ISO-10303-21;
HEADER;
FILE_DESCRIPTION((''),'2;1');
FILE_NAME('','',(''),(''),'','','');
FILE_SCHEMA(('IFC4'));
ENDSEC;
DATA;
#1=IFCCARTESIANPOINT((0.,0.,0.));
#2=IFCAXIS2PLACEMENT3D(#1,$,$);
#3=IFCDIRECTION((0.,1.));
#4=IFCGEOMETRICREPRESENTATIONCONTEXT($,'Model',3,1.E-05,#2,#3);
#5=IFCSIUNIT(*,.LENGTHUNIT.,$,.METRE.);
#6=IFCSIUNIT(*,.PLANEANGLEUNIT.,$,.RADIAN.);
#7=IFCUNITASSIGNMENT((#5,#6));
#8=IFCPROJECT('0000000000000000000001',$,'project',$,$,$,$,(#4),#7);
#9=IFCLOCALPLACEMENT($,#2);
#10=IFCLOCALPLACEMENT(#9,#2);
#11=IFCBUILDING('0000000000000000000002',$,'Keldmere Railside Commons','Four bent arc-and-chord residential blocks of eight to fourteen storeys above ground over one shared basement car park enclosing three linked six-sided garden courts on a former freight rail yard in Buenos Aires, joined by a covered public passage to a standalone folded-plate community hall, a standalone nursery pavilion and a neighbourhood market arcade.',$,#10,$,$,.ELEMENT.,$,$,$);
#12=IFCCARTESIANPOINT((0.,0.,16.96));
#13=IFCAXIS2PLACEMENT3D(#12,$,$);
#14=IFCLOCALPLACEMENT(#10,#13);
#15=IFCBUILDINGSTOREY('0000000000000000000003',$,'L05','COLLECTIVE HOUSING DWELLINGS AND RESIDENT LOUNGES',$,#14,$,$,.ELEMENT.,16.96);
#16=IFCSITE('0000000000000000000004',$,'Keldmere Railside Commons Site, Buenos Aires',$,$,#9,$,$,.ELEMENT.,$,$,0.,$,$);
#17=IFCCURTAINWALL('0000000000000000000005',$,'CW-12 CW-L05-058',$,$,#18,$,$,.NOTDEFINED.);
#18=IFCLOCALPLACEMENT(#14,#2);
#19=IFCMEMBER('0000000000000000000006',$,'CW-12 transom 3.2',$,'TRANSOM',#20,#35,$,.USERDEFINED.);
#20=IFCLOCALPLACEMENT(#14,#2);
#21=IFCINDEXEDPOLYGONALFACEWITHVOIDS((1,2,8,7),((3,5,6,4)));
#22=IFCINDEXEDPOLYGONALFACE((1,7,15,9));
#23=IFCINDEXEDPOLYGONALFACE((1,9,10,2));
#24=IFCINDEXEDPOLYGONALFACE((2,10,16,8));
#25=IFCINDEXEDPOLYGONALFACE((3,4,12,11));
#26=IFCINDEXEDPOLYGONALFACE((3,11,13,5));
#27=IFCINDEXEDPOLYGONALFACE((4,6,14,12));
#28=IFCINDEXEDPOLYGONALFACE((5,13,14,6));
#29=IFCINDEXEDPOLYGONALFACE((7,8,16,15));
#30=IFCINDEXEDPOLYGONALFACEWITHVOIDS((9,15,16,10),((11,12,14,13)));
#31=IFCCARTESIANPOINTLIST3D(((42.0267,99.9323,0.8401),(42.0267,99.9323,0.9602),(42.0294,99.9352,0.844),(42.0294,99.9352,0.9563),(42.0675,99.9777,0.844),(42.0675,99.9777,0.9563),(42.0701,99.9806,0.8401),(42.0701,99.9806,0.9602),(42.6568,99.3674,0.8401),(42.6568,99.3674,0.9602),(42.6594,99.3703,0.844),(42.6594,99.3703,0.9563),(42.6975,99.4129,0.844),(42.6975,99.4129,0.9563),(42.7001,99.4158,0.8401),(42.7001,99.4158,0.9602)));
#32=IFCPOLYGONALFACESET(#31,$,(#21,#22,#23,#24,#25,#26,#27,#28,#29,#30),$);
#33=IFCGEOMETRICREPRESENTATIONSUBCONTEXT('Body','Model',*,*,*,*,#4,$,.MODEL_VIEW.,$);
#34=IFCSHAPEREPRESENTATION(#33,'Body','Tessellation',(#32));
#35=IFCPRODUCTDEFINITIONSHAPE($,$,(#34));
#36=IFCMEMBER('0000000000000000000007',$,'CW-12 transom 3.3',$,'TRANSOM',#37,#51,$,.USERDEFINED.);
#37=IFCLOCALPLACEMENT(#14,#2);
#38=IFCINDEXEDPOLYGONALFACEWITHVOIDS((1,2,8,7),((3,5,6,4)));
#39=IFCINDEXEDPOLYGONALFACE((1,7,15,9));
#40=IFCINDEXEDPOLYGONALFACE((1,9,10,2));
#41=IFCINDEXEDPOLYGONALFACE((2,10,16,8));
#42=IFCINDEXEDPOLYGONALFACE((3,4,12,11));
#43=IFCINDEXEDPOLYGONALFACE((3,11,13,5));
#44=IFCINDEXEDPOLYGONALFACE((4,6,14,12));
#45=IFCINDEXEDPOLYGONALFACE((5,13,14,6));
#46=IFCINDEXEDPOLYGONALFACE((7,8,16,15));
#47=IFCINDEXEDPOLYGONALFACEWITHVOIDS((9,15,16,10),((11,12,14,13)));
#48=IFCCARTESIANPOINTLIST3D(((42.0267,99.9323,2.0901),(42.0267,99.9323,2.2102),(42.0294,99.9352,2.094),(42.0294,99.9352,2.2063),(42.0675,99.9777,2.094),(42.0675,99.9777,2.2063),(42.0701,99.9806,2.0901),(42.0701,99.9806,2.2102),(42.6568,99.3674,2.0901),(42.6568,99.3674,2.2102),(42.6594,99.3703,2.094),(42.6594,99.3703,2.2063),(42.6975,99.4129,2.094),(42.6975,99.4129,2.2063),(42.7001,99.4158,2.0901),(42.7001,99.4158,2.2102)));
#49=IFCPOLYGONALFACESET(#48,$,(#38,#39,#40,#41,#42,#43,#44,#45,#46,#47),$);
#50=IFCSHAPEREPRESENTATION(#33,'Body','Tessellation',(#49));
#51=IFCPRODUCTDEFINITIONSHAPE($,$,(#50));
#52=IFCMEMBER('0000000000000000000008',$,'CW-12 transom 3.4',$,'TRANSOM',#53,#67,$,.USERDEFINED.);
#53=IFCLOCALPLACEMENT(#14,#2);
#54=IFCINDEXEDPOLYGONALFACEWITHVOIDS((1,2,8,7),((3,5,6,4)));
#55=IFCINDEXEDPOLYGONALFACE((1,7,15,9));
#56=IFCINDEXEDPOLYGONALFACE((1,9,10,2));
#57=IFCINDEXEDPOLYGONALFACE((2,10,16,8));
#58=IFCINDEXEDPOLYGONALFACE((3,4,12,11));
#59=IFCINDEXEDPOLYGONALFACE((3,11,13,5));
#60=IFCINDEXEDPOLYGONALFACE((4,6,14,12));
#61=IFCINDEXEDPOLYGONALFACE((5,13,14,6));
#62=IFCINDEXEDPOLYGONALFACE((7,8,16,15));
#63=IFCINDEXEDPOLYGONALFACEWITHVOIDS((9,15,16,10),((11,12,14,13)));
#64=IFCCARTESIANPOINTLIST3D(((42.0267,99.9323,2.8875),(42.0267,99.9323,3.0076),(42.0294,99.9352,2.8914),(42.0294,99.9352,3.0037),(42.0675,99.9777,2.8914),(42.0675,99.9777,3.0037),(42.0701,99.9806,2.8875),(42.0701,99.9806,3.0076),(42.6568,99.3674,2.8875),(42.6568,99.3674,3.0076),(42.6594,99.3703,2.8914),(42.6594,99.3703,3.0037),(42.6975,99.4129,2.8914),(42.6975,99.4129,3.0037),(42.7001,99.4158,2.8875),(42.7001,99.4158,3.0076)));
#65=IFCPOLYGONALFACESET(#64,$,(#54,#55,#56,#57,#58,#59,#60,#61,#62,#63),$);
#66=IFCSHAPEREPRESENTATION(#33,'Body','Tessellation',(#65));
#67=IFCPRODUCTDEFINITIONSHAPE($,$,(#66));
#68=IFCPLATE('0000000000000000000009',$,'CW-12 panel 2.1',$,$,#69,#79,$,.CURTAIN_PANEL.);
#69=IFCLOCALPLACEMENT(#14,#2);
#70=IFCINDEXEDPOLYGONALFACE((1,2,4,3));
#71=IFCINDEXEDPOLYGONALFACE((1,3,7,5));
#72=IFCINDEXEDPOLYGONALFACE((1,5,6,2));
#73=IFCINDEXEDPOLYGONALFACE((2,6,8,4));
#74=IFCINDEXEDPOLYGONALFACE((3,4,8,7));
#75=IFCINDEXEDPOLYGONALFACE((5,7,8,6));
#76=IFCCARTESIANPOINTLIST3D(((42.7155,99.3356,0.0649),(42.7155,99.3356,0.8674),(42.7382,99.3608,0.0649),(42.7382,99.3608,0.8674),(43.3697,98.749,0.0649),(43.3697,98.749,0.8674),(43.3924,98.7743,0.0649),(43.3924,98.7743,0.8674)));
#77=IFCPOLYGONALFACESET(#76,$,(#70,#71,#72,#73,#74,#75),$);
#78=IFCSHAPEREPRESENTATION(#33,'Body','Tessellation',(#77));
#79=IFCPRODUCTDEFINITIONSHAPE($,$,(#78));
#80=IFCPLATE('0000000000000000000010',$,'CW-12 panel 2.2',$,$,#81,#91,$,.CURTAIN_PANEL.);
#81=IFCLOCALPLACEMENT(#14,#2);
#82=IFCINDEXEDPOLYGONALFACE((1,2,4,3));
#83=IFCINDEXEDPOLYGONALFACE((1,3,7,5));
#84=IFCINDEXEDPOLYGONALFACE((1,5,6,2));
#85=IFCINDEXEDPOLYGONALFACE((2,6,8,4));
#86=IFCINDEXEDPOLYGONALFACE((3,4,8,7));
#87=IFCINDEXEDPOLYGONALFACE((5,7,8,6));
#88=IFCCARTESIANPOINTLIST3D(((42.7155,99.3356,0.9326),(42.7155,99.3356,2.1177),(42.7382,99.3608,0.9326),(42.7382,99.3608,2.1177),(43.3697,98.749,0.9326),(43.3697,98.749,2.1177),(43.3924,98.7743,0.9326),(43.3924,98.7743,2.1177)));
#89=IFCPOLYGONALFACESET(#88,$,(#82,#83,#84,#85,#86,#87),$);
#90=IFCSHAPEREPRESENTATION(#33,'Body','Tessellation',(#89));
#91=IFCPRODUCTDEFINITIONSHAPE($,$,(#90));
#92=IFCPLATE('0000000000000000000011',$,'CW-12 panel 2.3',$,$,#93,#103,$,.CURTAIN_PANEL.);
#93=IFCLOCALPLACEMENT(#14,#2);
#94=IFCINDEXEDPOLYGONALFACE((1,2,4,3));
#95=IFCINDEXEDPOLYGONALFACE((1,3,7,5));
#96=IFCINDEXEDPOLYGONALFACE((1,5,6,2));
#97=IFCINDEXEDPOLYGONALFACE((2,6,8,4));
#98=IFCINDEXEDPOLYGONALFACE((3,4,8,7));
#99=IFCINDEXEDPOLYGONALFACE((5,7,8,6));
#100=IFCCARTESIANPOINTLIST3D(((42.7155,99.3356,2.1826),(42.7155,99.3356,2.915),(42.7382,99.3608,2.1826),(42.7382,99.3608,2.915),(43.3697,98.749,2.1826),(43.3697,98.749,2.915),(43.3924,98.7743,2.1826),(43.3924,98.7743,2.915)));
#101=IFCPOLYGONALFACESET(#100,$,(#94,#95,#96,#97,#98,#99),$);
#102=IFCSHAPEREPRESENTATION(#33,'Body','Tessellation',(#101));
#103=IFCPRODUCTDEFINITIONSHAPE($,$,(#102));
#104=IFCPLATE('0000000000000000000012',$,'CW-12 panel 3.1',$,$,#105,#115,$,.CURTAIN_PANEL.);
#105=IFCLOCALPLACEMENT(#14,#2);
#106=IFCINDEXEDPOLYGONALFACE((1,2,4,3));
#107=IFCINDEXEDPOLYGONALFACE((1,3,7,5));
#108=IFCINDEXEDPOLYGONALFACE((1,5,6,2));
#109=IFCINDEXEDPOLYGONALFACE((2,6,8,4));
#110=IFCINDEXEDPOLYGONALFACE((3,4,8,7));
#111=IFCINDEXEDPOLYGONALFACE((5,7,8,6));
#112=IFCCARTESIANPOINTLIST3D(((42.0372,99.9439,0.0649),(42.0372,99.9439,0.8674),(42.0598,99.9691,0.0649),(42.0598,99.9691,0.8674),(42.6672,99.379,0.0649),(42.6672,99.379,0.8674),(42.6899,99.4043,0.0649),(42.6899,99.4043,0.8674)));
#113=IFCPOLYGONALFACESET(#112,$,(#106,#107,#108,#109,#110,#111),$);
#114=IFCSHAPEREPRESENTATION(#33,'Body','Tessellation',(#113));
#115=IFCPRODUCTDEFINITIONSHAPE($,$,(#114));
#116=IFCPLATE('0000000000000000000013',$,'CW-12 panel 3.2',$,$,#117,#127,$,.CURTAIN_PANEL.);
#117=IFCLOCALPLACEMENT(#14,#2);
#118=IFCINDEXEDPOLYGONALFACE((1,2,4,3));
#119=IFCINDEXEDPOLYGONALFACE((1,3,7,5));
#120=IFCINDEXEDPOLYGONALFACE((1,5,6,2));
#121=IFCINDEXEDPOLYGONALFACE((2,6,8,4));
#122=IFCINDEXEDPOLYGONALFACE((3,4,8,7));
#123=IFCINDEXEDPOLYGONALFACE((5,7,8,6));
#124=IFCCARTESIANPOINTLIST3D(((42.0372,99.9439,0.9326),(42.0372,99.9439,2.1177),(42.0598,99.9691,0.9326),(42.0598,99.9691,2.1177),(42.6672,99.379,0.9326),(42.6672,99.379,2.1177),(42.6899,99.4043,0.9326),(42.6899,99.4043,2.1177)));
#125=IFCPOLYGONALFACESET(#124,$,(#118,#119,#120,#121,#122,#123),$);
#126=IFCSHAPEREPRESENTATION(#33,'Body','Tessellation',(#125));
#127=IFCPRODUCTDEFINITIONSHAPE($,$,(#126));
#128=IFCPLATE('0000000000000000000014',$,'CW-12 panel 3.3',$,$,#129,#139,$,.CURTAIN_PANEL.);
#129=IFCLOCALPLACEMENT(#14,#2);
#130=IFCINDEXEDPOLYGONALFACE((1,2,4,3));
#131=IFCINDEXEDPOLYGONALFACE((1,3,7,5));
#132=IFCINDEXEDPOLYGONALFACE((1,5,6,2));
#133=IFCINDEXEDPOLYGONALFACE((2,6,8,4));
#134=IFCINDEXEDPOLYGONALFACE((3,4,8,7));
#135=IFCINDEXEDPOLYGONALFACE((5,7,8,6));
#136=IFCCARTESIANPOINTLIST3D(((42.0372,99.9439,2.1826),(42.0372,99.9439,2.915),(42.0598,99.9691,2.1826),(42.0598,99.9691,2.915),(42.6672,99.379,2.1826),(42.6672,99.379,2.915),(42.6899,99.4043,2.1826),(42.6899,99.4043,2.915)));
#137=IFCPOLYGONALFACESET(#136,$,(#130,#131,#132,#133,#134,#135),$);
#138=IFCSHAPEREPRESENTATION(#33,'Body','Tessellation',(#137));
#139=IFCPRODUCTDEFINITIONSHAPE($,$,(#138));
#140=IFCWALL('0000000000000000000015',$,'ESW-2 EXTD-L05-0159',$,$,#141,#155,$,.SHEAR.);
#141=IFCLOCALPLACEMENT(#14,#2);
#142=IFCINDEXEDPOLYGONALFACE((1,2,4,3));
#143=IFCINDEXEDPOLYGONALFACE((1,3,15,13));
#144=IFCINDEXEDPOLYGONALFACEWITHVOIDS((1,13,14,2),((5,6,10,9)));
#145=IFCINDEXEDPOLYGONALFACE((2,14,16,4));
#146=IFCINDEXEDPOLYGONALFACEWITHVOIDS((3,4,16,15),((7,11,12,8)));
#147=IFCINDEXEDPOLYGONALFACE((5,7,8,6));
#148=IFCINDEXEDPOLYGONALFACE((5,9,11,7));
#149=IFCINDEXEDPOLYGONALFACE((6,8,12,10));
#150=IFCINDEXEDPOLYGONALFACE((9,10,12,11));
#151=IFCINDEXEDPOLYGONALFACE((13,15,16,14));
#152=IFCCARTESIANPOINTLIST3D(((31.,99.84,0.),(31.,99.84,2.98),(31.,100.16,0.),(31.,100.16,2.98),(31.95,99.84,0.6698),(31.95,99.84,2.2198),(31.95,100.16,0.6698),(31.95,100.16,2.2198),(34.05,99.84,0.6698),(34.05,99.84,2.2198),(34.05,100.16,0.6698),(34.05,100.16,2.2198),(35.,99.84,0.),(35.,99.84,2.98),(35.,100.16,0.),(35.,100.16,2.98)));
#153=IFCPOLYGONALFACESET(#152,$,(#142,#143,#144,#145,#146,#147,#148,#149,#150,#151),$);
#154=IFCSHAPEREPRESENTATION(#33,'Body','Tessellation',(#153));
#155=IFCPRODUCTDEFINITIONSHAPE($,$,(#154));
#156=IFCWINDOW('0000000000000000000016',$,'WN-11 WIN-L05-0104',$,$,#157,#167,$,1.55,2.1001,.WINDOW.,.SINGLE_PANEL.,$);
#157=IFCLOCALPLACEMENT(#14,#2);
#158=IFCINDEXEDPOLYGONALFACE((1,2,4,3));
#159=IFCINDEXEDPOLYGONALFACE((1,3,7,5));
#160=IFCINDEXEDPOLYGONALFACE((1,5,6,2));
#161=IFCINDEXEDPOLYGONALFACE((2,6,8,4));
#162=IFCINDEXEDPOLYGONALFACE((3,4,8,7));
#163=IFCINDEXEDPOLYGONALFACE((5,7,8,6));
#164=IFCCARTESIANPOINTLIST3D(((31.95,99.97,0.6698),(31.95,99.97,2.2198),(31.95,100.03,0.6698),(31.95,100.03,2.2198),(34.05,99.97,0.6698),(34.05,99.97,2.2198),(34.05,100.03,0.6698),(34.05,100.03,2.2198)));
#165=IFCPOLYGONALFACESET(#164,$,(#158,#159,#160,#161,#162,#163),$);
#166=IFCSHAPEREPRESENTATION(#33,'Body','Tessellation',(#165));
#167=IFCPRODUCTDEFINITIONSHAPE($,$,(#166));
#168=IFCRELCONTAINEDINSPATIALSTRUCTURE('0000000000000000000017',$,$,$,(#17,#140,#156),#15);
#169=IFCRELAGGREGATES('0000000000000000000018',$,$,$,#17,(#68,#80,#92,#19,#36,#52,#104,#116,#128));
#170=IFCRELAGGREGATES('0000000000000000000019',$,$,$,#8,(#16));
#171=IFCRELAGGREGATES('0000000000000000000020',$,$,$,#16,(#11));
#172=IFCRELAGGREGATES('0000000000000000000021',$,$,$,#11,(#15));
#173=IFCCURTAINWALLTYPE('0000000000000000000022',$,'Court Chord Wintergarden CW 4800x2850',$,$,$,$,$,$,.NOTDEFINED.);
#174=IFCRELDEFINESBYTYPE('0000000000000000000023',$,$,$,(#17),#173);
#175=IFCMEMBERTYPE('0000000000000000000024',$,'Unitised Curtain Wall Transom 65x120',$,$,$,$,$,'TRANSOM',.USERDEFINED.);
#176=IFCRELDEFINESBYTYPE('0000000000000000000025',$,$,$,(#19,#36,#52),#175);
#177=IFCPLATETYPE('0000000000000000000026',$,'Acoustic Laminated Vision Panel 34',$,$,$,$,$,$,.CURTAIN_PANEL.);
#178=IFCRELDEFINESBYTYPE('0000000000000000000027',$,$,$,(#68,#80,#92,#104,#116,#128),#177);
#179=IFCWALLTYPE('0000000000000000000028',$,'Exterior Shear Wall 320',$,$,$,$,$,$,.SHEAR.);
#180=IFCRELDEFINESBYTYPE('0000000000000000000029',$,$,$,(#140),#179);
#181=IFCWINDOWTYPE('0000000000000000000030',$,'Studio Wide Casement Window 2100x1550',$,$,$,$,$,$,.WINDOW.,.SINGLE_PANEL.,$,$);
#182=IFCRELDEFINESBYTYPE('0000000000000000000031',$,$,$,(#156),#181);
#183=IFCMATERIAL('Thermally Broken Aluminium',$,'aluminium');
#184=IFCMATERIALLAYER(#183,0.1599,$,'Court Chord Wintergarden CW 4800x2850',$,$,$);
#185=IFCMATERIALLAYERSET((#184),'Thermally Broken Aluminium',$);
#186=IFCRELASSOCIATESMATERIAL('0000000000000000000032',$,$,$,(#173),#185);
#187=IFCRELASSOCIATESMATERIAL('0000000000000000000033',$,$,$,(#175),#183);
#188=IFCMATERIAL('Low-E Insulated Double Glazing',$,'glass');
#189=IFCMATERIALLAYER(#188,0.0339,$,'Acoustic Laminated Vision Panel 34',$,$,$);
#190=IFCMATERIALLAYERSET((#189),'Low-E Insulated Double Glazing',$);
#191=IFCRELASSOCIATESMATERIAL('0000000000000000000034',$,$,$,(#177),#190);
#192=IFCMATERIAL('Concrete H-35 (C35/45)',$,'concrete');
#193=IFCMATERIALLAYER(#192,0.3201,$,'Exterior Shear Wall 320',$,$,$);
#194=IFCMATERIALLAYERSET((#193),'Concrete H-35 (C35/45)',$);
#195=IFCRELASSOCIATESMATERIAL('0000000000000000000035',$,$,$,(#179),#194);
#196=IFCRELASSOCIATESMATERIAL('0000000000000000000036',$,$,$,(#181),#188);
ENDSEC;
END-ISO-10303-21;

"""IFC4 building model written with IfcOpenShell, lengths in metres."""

from ifc_helpers import new_model, si_unit, direction, frame, frame_2d, origin, origin_2d, place, context, subcontext, project, spatial, rectangle, hollow_rectangle, extrude, material, layer, layer_set, material_profile, profile_set, type_object, element, fill, aggregate, save


model = new_model("IFC4")

# Units and contexts
model_context = context("Model", 3, precision=1e-05, world=origin(), true_north=direction((0.0, 1.0)))
body_context = subcontext(model_context, "Body", "Model", "MODEL_VIEW")
ifc_project = project(units=[si_unit("LENGTHUNIT", "METRE"), si_unit("PLANEANGLEUNIT", "RADIAN")], contexts=[model_context])

# Site, building, storey
site_placement = place(None, origin())
site = spatial("IfcSite", under=ifc_project, at=site_placement, Name="Keldmere Railside Commons Site, Buenos Aires", CompositionType="ELEMENT", RefElevation=0.0)
building_placement = place(site_placement, origin())
building = spatial("IfcBuilding", under=site, at=building_placement, Name="Keldmere Railside Commons", Description="Four bent arc-and-chord residential blocks of eight to fourteen storeys above ground over one shared basement car park enclosing three linked six-sided garden courts on a former freight rail yard in Buenos Aires, joined by a covered public passage to a standalone folded-plate community hall, a standalone nursery pavilion and a neighbourhood market arcade.", CompositionType="ELEMENT")
storey_placement = place(building_placement, frame((0.0, 0.0, 16.96)))
storey = spatial("IfcBuildingStorey", under=building, at=storey_placement, Name="L05", Description="COLLECTIVE HOUSING DWELLINGS AND RESIDENT LOUNGES", CompositionType="ELEMENT", Elevation=16.96)

# Shared definitions
ifc_material_1 = material(Name="Concrete H-35 (C35/45)", Category="concrete")

# Curtain wall, members, plates
ifc_material_2 = material(Name="Thermally Broken Aluminium", Category="aluminium")
ifc_layer_1 = layer(ifc_material_2, 0.1599, Name="Court Chord Wintergarden CW 4800x2850")
ifc_layer_set_1 = layer_set([ifc_layer_1], Name="Thermally Broken Aluminium")
curtain_wall_type = type_object("IfcCurtainWallType", Name="Court Chord Wintergarden CW 4800x2850", PredefinedType="NOTDEFINED", material=ifc_layer_set_1)
curtain_wall_placement = place(storey_placement, origin())
curtain_wall = element("IfcCurtainWall", 1, at=curtain_wall_placement, inside=storey, type_object=curtain_wall_type, Name="CW-12 CW-L05-058", PredefinedType="NOTDEFINED")
ifc_material_profile_1 = material_profile(ifc_material_2, hollow_rectangle(XDim=0.0649, YDim=0.1201, WallThickness=0.0039, at=origin_2d()), Name="ALU-TRAN-65x120")
ifc_profile_set_1 = profile_set([ifc_material_profile_1], Name="Thermally Broken Aluminium")
member_type_1 = type_object("IfcMemberType", Name="Unitised Curtain Wall Transom 65x120", ElementType="TRANSOM", PredefinedType="USERDEFINED", material=ifc_profile_set_1)
member_1_placement = place(storey_placement, frame((42.6785, 99.3916, 0.9001), z_axis=(-0.744569, 0.667545, 0.0), x_axis=(-0.667545, -0.744569, 0.0)))
member_1 = element("IfcMember", 2, at=member_1_placement, type_object=member_type_1, Name="CW-12 transom 3.2", ObjectType="TRANSOM", PredefinedType="USERDEFINED", context=body_context, shape_type="SweptSolid", body=[
    extrude(hollow_rectangle(XDim=0.0649, YDim=0.1201, WallThickness=0.0039, at=origin_2d()), origin(), (0.0, 0.0, 1.0), 0.8462),
])
member_2_placement = place(storey_placement, frame((42.6785, 99.3916, 2.1501), z_axis=(-0.744569, 0.667545, 0.0), x_axis=(-0.667545, -0.744569, 0.0)))
member_2 = element("IfcMember", 3, at=member_2_placement, type_object=member_type_1, Name="CW-12 transom 3.3", ObjectType="TRANSOM", PredefinedType="USERDEFINED", context=body_context, shape_type="SweptSolid", body=[
    extrude(hollow_rectangle(XDim=0.0649, YDim=0.1201, WallThickness=0.0039, at=origin_2d()), origin(), (0.0, 0.0, 1.0), 0.8462),
])
member_3_placement = place(storey_placement, frame((42.6785, 99.3916, 2.9475), z_axis=(-0.744569, 0.667545, 0.0), x_axis=(-0.667545, -0.744569, 0.0)))
member_3 = element("IfcMember", 4, at=member_3_placement, type_object=member_type_1, Name="CW-12 transom 3.4", ObjectType="TRANSOM", PredefinedType="USERDEFINED", context=body_context, shape_type="SweptSolid", body=[
    extrude(hollow_rectangle(XDim=0.0649, YDim=0.1201, WallThickness=0.0039, at=origin_2d()), origin(), (0.0, 0.0, 1.0), 0.8462),
])
ifc_material_3 = material(Name="Low-E Insulated Double Glazing", Category="glass")
ifc_layer_2 = layer(ifc_material_3, 0.0339, Name="Acoustic Laminated Vision Panel 34")
ifc_layer_set_2 = layer_set([ifc_layer_2], Name="Low-E Insulated Double Glazing")
plate_type = type_object("IfcPlateType", Name="Acoustic Laminated Vision Panel 34", PredefinedType="CURTAIN_PANEL", material=ifc_layer_set_2)
plate_1_placement = place(storey_placement, frame((43.054, 99.0549, 0.0649), z_axis=(0.0, 0.0, 1.0), x_axis=(-0.744557, 0.667559, 0.0)))
plate_1 = element("IfcPlate", 5, at=plate_1_placement, type_object=plate_type, Name="CW-12 panel 2.1", PredefinedType="CURTAIN_PANEL", context=body_context, shape_type="SweptSolid", body=[
    extrude(rectangle(XDim=0.8787, YDim=0.0339, at=origin_2d()), origin(), (0.0, 0.0, 1.0), 0.8025),
])
plate_2_placement = place(storey_placement, frame((43.054, 99.0549, 0.9326), z_axis=(0.0, 0.0, 1.0), x_axis=(-0.744557, 0.667559, 0.0)))
plate_2 = element("IfcPlate", 6, at=plate_2_placement, type_object=plate_type, Name="CW-12 panel 2.2", PredefinedType="CURTAIN_PANEL", context=body_context, shape_type="SweptSolid", body=[
    extrude(rectangle(XDim=0.8787, YDim=0.0339, at=origin_2d()), origin(), (0.0, 0.0, 1.0), 1.1851),
])
plate_3_placement = place(storey_placement, frame((43.054, 99.0549, 2.1826), z_axis=(0.0, 0.0, 1.0), x_axis=(-0.744557, 0.667559, 0.0)))
plate_3 = element("IfcPlate", 7, at=plate_3_placement, type_object=plate_type, Name="CW-12 panel 2.3", PredefinedType="CURTAIN_PANEL", context=body_context, shape_type="SweptSolid", body=[
    extrude(rectangle(XDim=0.8787, YDim=0.0339, at=origin_2d()), origin(), (0.0, 0.0, 1.0), 0.7324),
])
plate_4_placement = place(storey_placement, frame((42.3635, 99.6741, 0.0649), z_axis=(0.0, 0.0, 1.0), x_axis=(-0.744557, 0.667559, 0.0)))
plate_4 = element("IfcPlate", 8, at=plate_4_placement, type_object=plate_type, Name="CW-12 panel 3.1", PredefinedType="CURTAIN_PANEL", context=body_context, shape_type="SweptSolid", body=[
    extrude(rectangle(XDim=0.8462, YDim=0.0339, at=origin_2d()), origin(), (0.0, 0.0, 1.0), 0.8025),
])
plate_5_placement = place(storey_placement, frame((42.3635, 99.6741, 0.9326), z_axis=(0.0, 0.0, 1.0), x_axis=(-0.744557, 0.667559, 0.0)))
plate_5 = element("IfcPlate", 9, at=plate_5_placement, type_object=plate_type, Name="CW-12 panel 3.2", PredefinedType="CURTAIN_PANEL", context=body_context, shape_type="SweptSolid", body=[
    extrude(rectangle(XDim=0.8462, YDim=0.0339, at=origin_2d()), origin(), (0.0, 0.0, 1.0), 1.1851),
])
plate_6_placement = place(storey_placement, frame((42.3635, 99.6741, 2.1826), z_axis=(0.0, 0.0, 1.0), x_axis=(-0.744557, 0.667559, 0.0)))
plate_6 = element("IfcPlate", 10, at=plate_6_placement, type_object=plate_type, Name="CW-12 panel 3.3", PredefinedType="CURTAIN_PANEL", context=body_context, shape_type="SweptSolid", body=[
    extrude(rectangle(XDim=0.8462, YDim=0.0339, at=origin_2d()), origin(), (0.0, 0.0, 1.0), 0.7324),
])
aggregate(curtain_wall, [plate_1, plate_2, plate_3, member_1, member_2, member_3, plate_4, plate_5, plate_6])

# Wall, opening, window
ifc_layer_3 = layer(ifc_material_1, 0.3201, Name="Exterior Shear Wall 320")
ifc_layer_set_3 = layer_set([ifc_layer_3], Name="Concrete H-35 (C35/45)")
wall_type_1 = type_object("IfcWallType", Name="Exterior Shear Wall 320", PredefinedType="SHEAR", material=ifc_layer_set_3)
wall_1_placement = place(storey_placement, frame((35.0, 100.0, 0.0), z_axis=(0.0, 0.0, 1.0), x_axis=(-1.0, 0.0, 0.0)))
wall_1 = element("IfcWall", 11, at=wall_1_placement, inside=storey, type_object=wall_type_1, Name="ESW-2 EXTD-L05-0159", PredefinedType="SHEAR", context=body_context, shape_type="SweptSolid", body=[
    extrude(rectangle(XDim=4.0, YDim=0.3201, at=frame_2d((2.0, 0.0))), origin(), (0.0, 0.0, 1.0), 2.98),
])
opening_1_placement = place(wall_1_placement, frame((0.95, 0.0, 0.6699)))
opening_1 = element("IfcOpeningElement", 12, at=opening_1_placement, cuts=wall_1, PredefinedType="OPENING", context=body_context, shape_type="SweptSolid", body=[
    extrude(rectangle(XDim=2.1001, YDim=1.55, at=frame_2d((1.05, 0.7749))), frame((0.0, 0.1699, 0.0), z_axis=(0.0, -1.0, 0.0), x_axis=(1.0, 0.0, 0.0)), (0.0, 0.0, 1.0), 0.3401),
])
window_type_1 = type_object("IfcWindowType", Name="Studio Wide Casement Window 2100x1550", PartitioningType="SINGLE_PANEL", PredefinedType="WINDOW", material=ifc_material_3)
window_1_placement = place(opening_1_placement, origin())
window_1 = element("IfcWindow", 13, at=window_1_placement, inside=storey, type_object=window_type_1, Name="WN-11 WIN-L05-0104", OverallHeight=1.55, OverallWidth=2.1001, PartitioningType="SINGLE_PANEL", PredefinedType="WINDOW", context=body_context, shape_type="SweptSolid", body=[
    extrude(rectangle(XDim=2.1001, YDim=1.55, at=frame_2d((1.05, 0.7749))), frame((0.0, 0.03, 0.0), z_axis=(0.0, -1.0, 0.0), x_axis=(1.0, 0.0, 0.0)), (0.0, 0.0, 1.0), 0.0601),
])
fill(opening_1, window_1)

save(model, "model.ifc")
